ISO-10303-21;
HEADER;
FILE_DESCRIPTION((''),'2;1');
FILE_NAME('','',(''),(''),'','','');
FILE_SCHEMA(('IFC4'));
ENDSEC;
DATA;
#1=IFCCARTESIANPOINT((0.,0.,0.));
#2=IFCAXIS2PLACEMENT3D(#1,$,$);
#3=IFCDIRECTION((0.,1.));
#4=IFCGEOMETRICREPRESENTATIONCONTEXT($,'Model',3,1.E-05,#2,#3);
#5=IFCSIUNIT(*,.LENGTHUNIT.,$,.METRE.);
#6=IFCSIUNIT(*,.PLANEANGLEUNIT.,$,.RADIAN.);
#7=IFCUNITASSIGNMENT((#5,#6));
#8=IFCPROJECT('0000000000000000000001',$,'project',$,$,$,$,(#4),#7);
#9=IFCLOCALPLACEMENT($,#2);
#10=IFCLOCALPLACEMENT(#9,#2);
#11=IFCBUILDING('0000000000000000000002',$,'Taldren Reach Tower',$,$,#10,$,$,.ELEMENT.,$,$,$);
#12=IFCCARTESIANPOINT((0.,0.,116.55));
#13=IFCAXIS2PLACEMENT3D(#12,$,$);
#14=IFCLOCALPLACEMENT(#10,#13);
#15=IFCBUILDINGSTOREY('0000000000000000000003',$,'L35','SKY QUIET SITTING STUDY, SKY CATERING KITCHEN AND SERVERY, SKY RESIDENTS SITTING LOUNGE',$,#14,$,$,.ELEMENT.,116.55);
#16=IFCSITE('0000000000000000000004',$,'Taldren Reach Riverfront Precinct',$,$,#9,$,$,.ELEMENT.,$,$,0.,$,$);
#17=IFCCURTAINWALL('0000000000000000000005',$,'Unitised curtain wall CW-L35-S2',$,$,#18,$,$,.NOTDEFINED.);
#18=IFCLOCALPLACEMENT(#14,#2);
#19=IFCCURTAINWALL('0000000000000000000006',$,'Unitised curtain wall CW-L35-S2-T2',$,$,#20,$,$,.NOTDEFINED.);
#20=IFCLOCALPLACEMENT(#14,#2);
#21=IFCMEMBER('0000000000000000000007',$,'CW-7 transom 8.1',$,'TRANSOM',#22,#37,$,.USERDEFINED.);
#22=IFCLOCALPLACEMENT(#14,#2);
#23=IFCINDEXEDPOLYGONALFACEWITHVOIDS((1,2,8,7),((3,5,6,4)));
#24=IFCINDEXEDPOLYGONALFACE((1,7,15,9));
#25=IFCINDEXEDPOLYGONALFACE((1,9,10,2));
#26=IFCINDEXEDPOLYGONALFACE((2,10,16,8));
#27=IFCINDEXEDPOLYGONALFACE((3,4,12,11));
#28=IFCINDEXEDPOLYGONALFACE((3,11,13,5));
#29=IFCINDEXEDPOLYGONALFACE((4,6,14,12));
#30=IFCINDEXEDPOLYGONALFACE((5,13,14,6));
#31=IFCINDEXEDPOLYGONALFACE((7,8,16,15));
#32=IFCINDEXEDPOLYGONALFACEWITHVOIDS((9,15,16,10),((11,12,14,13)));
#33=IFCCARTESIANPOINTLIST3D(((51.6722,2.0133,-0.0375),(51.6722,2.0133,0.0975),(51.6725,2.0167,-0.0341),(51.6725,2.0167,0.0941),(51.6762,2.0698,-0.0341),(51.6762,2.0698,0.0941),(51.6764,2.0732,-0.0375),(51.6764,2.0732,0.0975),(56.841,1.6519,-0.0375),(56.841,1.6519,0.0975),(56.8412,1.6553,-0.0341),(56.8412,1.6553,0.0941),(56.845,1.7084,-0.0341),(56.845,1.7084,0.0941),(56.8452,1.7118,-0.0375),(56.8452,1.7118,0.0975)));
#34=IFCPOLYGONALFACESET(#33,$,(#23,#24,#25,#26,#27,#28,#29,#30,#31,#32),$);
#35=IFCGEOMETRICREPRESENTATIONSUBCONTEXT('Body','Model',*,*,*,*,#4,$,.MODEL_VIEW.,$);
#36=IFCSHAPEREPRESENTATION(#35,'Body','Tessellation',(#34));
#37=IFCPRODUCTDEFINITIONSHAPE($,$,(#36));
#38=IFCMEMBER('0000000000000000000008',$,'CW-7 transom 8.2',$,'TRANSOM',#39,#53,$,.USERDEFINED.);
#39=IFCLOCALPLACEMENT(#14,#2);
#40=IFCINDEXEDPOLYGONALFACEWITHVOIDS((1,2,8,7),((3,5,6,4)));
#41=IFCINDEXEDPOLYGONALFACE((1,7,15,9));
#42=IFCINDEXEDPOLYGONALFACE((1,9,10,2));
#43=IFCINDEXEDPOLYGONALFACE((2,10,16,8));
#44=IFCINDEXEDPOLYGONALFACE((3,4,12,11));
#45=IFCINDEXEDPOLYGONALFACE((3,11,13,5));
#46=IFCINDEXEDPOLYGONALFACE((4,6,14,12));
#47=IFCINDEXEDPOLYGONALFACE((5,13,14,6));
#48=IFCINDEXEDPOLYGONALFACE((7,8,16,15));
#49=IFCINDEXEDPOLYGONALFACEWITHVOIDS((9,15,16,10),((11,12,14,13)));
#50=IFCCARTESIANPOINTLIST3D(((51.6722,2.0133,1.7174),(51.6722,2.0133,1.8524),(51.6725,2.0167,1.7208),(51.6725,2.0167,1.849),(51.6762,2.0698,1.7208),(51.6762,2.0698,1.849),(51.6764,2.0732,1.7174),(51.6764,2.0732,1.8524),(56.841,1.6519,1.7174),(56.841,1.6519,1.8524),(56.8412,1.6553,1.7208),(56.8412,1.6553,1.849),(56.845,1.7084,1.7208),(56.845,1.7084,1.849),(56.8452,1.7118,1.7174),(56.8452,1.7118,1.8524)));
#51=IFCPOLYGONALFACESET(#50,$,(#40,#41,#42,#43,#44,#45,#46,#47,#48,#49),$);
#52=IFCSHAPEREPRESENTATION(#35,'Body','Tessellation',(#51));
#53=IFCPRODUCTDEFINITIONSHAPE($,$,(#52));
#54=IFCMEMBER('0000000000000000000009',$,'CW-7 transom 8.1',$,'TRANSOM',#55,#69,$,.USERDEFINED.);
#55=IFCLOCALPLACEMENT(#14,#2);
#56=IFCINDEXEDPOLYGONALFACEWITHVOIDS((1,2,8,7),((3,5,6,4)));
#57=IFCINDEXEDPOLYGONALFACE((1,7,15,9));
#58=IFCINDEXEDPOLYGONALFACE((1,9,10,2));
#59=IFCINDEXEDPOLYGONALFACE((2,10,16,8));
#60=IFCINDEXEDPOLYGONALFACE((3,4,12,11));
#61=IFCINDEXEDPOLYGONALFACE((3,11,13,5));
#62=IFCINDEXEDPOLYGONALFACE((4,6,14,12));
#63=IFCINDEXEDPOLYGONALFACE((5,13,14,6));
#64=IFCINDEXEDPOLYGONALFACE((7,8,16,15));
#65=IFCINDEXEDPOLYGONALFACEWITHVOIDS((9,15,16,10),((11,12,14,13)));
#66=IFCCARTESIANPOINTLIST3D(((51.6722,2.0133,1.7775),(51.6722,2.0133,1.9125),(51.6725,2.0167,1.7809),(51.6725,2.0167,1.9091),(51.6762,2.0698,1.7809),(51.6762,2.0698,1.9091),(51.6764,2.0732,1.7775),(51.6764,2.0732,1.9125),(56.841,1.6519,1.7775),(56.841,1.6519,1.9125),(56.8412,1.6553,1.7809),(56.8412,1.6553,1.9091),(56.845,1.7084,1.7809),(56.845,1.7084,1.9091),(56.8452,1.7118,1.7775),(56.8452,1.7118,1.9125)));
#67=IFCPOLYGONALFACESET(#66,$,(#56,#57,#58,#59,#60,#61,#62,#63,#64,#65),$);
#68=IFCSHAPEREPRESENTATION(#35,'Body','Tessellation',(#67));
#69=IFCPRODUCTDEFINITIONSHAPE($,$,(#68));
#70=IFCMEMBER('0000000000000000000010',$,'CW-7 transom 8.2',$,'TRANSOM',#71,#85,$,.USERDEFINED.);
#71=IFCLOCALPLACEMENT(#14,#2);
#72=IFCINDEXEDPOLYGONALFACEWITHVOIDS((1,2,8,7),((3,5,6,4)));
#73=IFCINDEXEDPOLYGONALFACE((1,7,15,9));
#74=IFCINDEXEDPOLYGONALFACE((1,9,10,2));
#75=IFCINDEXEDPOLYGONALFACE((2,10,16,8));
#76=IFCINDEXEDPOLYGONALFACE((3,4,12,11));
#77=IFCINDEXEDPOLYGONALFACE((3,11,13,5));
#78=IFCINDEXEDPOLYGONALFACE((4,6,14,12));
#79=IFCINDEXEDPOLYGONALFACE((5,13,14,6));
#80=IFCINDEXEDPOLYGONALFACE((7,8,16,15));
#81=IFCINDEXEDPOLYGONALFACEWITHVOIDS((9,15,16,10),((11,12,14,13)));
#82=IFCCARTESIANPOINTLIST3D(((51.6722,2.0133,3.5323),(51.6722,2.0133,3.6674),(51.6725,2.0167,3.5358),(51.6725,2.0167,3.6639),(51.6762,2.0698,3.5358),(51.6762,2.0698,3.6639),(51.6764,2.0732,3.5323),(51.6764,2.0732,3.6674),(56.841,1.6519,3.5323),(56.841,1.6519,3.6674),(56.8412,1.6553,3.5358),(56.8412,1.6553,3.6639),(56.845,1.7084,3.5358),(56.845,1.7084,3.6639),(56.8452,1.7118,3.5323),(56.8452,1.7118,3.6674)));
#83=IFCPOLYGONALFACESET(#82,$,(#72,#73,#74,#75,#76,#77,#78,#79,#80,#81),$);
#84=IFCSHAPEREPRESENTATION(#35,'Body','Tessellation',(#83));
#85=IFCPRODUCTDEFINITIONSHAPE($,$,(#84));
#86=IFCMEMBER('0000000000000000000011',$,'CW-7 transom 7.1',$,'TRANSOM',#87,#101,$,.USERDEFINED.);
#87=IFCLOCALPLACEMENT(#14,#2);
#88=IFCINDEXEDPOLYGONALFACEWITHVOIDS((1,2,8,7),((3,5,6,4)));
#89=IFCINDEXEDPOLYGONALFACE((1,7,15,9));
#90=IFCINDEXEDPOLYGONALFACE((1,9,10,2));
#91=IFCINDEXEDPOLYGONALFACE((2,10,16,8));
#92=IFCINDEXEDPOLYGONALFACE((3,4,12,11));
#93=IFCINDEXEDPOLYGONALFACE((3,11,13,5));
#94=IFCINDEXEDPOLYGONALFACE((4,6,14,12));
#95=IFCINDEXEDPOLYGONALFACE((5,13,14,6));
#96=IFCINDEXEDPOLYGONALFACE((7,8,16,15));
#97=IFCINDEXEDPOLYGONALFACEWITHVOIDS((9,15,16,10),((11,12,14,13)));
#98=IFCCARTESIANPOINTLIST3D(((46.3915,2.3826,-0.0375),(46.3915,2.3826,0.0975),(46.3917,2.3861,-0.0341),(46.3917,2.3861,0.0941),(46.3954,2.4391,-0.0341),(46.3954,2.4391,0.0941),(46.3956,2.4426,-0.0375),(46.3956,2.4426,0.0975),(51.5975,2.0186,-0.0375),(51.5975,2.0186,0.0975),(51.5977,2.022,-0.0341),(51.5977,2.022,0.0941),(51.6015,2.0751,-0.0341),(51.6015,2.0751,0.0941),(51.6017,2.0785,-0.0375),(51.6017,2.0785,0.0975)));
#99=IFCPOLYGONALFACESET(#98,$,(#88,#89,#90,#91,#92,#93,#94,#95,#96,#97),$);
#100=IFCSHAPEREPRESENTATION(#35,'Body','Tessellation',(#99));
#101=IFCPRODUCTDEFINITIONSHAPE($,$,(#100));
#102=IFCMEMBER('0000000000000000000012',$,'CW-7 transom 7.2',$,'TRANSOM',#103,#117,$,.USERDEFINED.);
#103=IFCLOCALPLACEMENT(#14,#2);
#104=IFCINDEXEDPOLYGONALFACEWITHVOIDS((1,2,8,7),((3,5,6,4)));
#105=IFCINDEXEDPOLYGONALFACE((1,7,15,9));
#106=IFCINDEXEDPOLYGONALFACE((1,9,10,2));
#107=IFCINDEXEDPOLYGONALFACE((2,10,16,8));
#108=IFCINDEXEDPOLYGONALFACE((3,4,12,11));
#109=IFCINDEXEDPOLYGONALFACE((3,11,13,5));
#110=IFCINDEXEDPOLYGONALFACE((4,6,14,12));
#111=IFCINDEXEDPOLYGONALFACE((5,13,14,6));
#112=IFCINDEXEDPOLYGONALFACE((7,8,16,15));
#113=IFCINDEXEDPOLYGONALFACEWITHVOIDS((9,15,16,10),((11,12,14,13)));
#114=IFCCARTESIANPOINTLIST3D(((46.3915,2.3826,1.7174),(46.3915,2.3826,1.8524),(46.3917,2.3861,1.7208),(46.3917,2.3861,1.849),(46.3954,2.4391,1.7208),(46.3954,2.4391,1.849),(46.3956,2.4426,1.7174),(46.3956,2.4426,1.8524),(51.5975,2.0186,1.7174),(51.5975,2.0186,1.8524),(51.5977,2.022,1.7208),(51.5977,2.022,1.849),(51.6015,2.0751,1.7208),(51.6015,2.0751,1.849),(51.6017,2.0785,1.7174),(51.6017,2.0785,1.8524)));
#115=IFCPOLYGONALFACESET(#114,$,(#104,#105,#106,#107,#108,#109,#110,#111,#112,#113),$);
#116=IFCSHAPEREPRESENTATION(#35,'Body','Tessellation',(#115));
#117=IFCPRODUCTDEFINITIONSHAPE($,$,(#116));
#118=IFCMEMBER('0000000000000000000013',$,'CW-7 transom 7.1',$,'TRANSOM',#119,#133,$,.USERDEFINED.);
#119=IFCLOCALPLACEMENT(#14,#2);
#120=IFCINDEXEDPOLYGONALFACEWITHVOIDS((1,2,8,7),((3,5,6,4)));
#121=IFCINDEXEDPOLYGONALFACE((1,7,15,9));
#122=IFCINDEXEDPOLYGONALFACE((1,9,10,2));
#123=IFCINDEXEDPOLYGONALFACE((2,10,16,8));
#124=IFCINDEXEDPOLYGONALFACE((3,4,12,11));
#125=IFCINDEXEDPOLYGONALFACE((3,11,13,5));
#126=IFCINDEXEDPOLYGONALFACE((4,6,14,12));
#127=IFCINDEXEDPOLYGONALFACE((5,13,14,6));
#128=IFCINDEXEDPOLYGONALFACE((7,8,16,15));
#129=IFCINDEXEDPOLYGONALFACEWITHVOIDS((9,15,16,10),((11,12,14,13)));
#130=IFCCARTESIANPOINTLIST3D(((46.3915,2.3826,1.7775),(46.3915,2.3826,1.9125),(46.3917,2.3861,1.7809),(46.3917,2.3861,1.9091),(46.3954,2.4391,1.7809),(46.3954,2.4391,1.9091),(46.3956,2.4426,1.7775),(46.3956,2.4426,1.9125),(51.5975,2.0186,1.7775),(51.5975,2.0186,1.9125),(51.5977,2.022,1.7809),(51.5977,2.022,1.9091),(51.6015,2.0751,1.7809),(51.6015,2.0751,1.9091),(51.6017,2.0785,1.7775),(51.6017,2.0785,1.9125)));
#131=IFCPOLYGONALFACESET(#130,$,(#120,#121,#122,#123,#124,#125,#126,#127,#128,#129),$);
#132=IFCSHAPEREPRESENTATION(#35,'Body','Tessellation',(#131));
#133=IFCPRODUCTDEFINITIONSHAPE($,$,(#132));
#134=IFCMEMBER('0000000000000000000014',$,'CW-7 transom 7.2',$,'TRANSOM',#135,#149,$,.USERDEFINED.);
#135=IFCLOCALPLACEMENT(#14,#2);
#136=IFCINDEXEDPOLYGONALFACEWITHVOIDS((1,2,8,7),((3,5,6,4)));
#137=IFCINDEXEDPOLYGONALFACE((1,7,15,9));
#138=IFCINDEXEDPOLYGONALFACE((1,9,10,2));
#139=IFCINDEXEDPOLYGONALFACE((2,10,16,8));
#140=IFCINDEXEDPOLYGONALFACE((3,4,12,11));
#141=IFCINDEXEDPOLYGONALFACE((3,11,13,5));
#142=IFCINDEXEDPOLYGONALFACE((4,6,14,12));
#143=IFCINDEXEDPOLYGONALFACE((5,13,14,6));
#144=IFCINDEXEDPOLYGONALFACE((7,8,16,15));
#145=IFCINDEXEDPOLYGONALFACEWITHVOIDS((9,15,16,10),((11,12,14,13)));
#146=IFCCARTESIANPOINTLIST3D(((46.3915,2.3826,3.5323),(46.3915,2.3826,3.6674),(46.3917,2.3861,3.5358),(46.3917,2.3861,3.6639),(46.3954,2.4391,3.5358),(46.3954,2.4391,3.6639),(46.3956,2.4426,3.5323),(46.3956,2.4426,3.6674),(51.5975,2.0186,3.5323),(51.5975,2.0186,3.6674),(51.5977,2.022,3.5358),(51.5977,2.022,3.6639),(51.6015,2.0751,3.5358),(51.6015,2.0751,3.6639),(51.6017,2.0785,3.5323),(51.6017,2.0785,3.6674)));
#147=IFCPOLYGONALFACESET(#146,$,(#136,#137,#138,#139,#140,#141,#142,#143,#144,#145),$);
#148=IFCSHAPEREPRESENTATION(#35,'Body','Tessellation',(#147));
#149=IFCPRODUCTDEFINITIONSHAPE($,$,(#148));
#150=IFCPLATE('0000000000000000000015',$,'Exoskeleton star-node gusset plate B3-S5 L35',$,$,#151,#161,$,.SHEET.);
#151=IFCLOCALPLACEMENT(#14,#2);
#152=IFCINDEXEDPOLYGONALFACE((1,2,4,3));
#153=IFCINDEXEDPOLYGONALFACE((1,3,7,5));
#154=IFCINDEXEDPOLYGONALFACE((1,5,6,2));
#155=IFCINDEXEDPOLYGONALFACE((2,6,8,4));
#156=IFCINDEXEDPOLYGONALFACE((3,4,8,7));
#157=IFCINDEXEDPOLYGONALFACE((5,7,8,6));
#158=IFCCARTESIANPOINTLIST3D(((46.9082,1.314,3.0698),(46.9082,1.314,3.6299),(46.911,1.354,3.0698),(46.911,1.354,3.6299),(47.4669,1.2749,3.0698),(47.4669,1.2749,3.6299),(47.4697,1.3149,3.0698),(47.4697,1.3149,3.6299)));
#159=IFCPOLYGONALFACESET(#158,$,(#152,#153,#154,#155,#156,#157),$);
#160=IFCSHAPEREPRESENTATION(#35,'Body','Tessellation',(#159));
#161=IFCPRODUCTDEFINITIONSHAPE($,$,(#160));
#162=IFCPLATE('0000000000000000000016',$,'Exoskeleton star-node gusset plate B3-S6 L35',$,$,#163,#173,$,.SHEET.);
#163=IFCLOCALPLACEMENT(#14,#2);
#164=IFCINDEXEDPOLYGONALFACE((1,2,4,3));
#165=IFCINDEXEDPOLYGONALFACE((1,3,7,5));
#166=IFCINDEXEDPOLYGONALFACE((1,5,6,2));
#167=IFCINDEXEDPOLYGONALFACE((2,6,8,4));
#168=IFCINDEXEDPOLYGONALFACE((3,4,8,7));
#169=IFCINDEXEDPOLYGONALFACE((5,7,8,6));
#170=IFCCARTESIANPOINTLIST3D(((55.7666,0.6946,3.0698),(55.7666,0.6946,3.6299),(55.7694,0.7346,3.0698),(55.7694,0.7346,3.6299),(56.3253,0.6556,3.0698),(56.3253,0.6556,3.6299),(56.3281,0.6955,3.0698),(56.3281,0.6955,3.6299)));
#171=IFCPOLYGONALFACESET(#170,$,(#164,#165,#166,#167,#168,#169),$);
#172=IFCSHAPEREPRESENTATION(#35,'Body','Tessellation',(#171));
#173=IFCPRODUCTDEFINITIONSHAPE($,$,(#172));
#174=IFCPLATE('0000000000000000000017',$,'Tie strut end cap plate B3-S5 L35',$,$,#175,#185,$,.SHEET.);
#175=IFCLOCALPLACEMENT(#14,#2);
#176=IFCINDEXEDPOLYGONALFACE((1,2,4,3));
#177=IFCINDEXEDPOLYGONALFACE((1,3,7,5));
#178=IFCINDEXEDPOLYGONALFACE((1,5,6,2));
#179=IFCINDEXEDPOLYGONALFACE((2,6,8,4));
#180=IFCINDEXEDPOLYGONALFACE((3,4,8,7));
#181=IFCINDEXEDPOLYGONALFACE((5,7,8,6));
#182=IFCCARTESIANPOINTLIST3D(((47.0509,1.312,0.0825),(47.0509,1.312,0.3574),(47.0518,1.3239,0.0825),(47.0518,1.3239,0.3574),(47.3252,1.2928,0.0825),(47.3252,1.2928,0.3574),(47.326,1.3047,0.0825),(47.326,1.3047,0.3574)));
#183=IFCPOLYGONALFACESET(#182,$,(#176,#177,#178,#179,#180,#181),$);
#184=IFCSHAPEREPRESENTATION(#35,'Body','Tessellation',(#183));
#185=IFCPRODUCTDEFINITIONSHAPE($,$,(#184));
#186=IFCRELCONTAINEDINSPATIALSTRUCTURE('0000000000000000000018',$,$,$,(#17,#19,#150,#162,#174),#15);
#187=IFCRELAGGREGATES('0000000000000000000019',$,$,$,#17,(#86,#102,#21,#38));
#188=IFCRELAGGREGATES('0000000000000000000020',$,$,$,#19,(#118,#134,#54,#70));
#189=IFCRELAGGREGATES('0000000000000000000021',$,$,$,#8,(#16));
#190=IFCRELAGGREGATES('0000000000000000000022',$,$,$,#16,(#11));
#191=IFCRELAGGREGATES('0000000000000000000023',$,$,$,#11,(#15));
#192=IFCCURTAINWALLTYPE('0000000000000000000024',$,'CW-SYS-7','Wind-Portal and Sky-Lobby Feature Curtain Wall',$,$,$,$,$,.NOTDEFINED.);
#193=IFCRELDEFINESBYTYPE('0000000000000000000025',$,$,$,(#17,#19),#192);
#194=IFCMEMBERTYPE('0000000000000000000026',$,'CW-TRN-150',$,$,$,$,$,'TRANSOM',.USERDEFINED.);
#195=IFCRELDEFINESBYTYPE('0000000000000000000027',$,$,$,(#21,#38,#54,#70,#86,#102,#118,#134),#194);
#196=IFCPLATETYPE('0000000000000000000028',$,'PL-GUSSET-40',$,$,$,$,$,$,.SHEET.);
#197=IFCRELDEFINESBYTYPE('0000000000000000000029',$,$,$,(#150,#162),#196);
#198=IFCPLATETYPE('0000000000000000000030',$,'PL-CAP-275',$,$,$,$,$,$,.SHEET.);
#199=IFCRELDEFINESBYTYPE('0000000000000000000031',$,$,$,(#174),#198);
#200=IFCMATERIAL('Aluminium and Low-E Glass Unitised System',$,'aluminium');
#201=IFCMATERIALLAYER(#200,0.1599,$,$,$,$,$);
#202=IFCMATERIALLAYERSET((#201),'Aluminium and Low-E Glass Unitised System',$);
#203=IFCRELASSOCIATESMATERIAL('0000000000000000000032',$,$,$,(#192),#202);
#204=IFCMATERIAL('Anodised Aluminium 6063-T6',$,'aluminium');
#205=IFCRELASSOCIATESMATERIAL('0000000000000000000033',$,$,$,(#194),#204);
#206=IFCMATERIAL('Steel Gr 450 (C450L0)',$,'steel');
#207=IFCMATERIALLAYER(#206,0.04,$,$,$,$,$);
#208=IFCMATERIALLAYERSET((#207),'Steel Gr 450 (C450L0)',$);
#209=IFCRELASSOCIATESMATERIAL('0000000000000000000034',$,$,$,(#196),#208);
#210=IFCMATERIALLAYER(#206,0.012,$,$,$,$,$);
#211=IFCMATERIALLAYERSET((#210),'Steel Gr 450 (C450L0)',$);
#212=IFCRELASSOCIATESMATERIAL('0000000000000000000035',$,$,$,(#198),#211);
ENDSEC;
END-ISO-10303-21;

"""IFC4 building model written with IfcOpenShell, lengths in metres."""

from ifc_helpers import new_model, si_unit, direction, frame, origin, origin_2d, place, context, subcontext, project, spatial, rectangle, hollow_rectangle, extrude, source, transform, mapped, material, layer, layer_set, material_profile, profile_set, type_object, element, aggregate, save


model = new_model("IFC4")

# Units and contexts
model_context = context("Model", 3, precision=1e-05, world=origin(), true_north=direction((0.0, 1.0)))
body_context = subcontext(model_context, "Body", "Model", "MODEL_VIEW")
ifc_project = project(units=[si_unit("LENGTHUNIT", "METRE"), si_unit("PLANEANGLEUNIT", "RADIAN")], contexts=[model_context])

# Site, building, storey
site_placement = place(None, origin())
site = spatial("IfcSite", under=ifc_project, at=site_placement, Name="Taldren Reach Riverfront Precinct", CompositionType="ELEMENT", RefElevation=0.0)
building_placement = place(site_placement, origin())
building = spatial("IfcBuilding", under=site, at=building_placement, Name="Taldren Reach Tower", CompositionType="ELEMENT")
storey_placement = place(building_placement, frame((0.0, 0.0, 116.55)))
storey = spatial("IfcBuildingStorey", under=building, at=storey_placement, Name="L35", Description="SKY QUIET SITTING STUDY, SKY CATERING KITCHEN AND SERVERY, SKY RESIDENTS SITTING LOUNGE", CompositionType="ELEMENT", Elevation=116.55)

# Shared definitions
ifc_material_1 = material(Name="Steel Gr 450 (C450L0)", Category="steel")

# Curtain wall
ifc_material_2 = material(Name="Aluminium and Low-E Glass Unitised System", Category="aluminium")
ifc_layer_1 = layer(ifc_material_2, 0.1599)
ifc_layer_set_1 = layer_set([ifc_layer_1], Name="Aluminium and Low-E Glass Unitised System")
curtain_wall_type = type_object("IfcCurtainWallType", Name="CW-SYS-7", Description="Wind-Portal and Sky-Lobby Feature Curtain Wall", PredefinedType="NOTDEFINED", material=ifc_layer_set_1)
curtain_wall_1_placement = place(storey_placement, origin())
curtain_wall_1 = element("IfcCurtainWall", 1, at=curtain_wall_1_placement, inside=storey, type_object=curtain_wall_type, Name="Unitised curtain wall CW-L35-S2", PredefinedType="NOTDEFINED")
ifc_material_3 = material(Name="Anodised Aluminium 6063-T6", Category="aluminium")

# Curtain wall
curtain_wall_2_placement = place(storey_placement, origin())
curtain_wall_2 = element("IfcCurtainWall", 2, at=curtain_wall_2_placement, inside=storey, type_object=curtain_wall_type, Name="Unitised curtain wall CW-L35-S2-T2", PredefinedType="NOTDEFINED")

# Members
ifc_material_profile_1 = material_profile(ifc_material_3, hollow_rectangle(XDim=0.0601, YDim=0.135, WallThickness=0.0034, at=origin_2d()), Name="ALU-135x60x3.5RHS")
ifc_profile_set_1 = profile_set([ifc_material_profile_1], Name="Anodised Aluminium 6063-T6")
member_type_1 = type_object("IfcMemberType", Name="CW-TRN-150", ElementType="TRANSOM", PredefinedType="USERDEFINED", material=ifc_profile_set_1)
shared_shape_1 = source(origin(), body_context, "Body", "SweptSolid", [
    extrude(hollow_rectangle(XDim=0.0601, YDim=0.135, WallThickness=0.0034, at=origin_2d()), origin(), (0.0, 0.0, 1.0), 5.1814),
])
member_1_placement = place(storey_placement, frame((51.6743, 2.0432, 0.03), z_axis=(0.997565, -0.069737, 0.0), x_axis=(0.069737, 0.997565, 0.0)))
member_1 = element("IfcMember", 3, at=member_1_placement, type_object=member_type_1, Name="CW-7 transom 8.1", ObjectType="TRANSOM", PredefinedType="USERDEFINED", context=body_context, shape_type="MappedRepresentation", body=[
    mapped(shared_shape_1, transform((0.0, 0.0, 0.0), scale=1.0)),
])
member_2_placement = place(storey_placement, frame((51.6743, 2.0432, 1.7849), z_axis=(0.997565, -0.069737, 0.0), x_axis=(0.069737, 0.997565, 0.0)))
member_2 = element("IfcMember", 4, at=member_2_placement, type_object=member_type_1, Name="CW-7 transom 8.2", ObjectType="TRANSOM", PredefinedType="USERDEFINED", context=body_context, shape_type="MappedRepresentation", body=[
    mapped(shared_shape_1, transform((0.0, 0.0, 0.0), scale=1.0)),
])
member_3_placement = place(storey_placement, frame((51.6743, 2.0432, 1.845), z_axis=(0.997565, -0.069737, 0.0), x_axis=(0.069737, 0.997565, 0.0)))
member_3 = element("IfcMember", 5, at=member_3_placement, type_object=member_type_1, Name="CW-7 transom 8.1", ObjectType="TRANSOM", PredefinedType="USERDEFINED", context=body_context, shape_type="MappedRepresentation", body=[
    mapped(shared_shape_1, transform((0.0, 0.0, 0.0), scale=1.0)),
])
member_4_placement = place(storey_placement, frame((51.6743, 2.0432, 3.5999), z_axis=(0.997565, -0.069737, 0.0), x_axis=(0.069737, 0.997565, 0.0)))
member_4 = element("IfcMember", 6, at=member_4_placement, type_object=member_type_1, Name="CW-7 transom 8.2", ObjectType="TRANSOM", PredefinedType="USERDEFINED", context=body_context, shape_type="MappedRepresentation", body=[
    mapped(shared_shape_1, transform((0.0, 0.0, 0.0), scale=1.0)),
])
shared_shape_2 = source(origin(), body_context, "Body", "SweptSolid", [
    extrude(hollow_rectangle(XDim=0.0601, YDim=0.135, WallThickness=0.0034, at=origin_2d()), origin(), (0.0, 0.0, 1.0), 5.2188),
])
member_5_placement = place(storey_placement, frame((46.3936, 2.4126, 0.03), z_axis=(0.997564, -0.069751, 0.0), x_axis=(0.069751, 0.997564, 0.0)))
member_5 = element("IfcMember", 7, at=member_5_placement, type_object=member_type_1, Name="CW-7 transom 7.1", ObjectType="TRANSOM", PredefinedType="USERDEFINED", context=body_context, shape_type="MappedRepresentation", body=[
    mapped(shared_shape_2, transform((0.0, 0.0, 0.0), scale=1.0)),
])
member_6_placement = place(storey_placement, frame((46.3936, 2.4126, 1.7849), z_axis=(0.997564, -0.069751, 0.0), x_axis=(0.069751, 0.997564, 0.0)))
member_6 = element("IfcMember", 8, at=member_6_placement, type_object=member_type_1, Name="CW-7 transom 7.2", ObjectType="TRANSOM", PredefinedType="USERDEFINED", context=body_context, shape_type="MappedRepresentation", body=[
    mapped(shared_shape_2, transform((0.0, 0.0, 0.0), scale=1.0)),
])
member_7_placement = place(storey_placement, frame((46.3936, 2.4126, 1.845), z_axis=(0.997564, -0.069751, 0.0), x_axis=(0.069751, 0.997564, 0.0)))
member_7 = element("IfcMember", 9, at=member_7_placement, type_object=member_type_1, Name="CW-7 transom 7.1", ObjectType="TRANSOM", PredefinedType="USERDEFINED", context=body_context, shape_type="MappedRepresentation", body=[
    mapped(shared_shape_2, transform((0.0, 0.0, 0.0), scale=1.0)),
])
member_8_placement = place(storey_placement, frame((46.3936, 2.4126, 3.5999), z_axis=(0.997564, -0.069751, 0.0), x_axis=(0.069751, 0.997564, 0.0)))
member_8 = element("IfcMember", 10, at=member_8_placement, type_object=member_type_1, Name="CW-7 transom 7.2", ObjectType="TRANSOM", PredefinedType="USERDEFINED", context=body_context, shape_type="MappedRepresentation", body=[
    mapped(shared_shape_2, transform((0.0, 0.0, 0.0), scale=1.0)),
])

# Plates
ifc_layer_2 = layer(ifc_material_1, 0.04)
ifc_layer_set_2 = layer_set([ifc_layer_2], Name="Steel Gr 450 (C450L0)")
plate_type_1 = type_object("IfcPlateType", Name="PL-GUSSET-40", PredefinedType="SHEET", material=ifc_layer_set_2)
shared_shape_3 = source(origin(), body_context, "Body", "SweptSolid", [
    extrude(rectangle(XDim=0.5601, YDim=0.04, at=origin_2d()), origin(), (0.0, 0.0, 1.0), 0.5601),
])
for number, where, z_axis, x_axis, name in (
    (11, (47.189, 1.3145, 3.0698), (0.0, 0.0, 1.0), (0.997564, -0.069756, 0.0), "Exoskeleton star-node gusset plate B3-S5 L35"),
    (12, (56.0474, 0.6951, 3.0698), (0.0, 0.0, 1.0), (0.997564, -0.069756, 0.0), "Exoskeleton star-node gusset plate B3-S6 L35"),
):
    element("IfcPlate", number, at=place(storey_placement, frame(where, z_axis=z_axis, x_axis=x_axis)), inside=storey, type_object=plate_type_1, Name=name, PredefinedType="SHEET", context=body_context, shape_type="MappedRepresentation", body=[
        mapped(shared_shape_3, transform((0.0, 0.0, 0.0), scale=1.0)),
    ])
ifc_layer_3 = layer(ifc_material_1, 0.012)
ifc_layer_set_3 = layer_set([ifc_layer_3], Name="Steel Gr 450 (C450L0)")
plate_type_2 = type_object("IfcPlateType", Name="PL-CAP-275", PredefinedType="SHEET", material=ifc_layer_set_3)
shared_shape_4 = source(origin(), body_context, "Body", "SweptSolid", [
    extrude(rectangle(XDim=0.2749, YDim=0.012, at=origin_2d()), origin(), (0.0, 0.0, 1.0), 0.2749),
])
plate_1_placement = place(storey_placement, frame((47.1885, 1.3083, 0.0825), z_axis=(0.0, 0.0, 1.0), x_axis=(0.997564, -0.069756, 0.0)))
element("IfcPlate", 13, at=plate_1_placement, inside=storey, type_object=plate_type_2, Name="Tie strut end cap plate B3-S5 L35", PredefinedType="SHEET", context=body_context, shape_type="MappedRepresentation", body=[
    mapped(shared_shape_4, transform((0.0, 0.0, 0.0), scale=1.0)),
])

aggregate(curtain_wall_1, [member_5, member_6, member_1, member_2])
aggregate(curtain_wall_2, [member_7, member_8, member_3, member_4])

save(model, "model.ifc")
